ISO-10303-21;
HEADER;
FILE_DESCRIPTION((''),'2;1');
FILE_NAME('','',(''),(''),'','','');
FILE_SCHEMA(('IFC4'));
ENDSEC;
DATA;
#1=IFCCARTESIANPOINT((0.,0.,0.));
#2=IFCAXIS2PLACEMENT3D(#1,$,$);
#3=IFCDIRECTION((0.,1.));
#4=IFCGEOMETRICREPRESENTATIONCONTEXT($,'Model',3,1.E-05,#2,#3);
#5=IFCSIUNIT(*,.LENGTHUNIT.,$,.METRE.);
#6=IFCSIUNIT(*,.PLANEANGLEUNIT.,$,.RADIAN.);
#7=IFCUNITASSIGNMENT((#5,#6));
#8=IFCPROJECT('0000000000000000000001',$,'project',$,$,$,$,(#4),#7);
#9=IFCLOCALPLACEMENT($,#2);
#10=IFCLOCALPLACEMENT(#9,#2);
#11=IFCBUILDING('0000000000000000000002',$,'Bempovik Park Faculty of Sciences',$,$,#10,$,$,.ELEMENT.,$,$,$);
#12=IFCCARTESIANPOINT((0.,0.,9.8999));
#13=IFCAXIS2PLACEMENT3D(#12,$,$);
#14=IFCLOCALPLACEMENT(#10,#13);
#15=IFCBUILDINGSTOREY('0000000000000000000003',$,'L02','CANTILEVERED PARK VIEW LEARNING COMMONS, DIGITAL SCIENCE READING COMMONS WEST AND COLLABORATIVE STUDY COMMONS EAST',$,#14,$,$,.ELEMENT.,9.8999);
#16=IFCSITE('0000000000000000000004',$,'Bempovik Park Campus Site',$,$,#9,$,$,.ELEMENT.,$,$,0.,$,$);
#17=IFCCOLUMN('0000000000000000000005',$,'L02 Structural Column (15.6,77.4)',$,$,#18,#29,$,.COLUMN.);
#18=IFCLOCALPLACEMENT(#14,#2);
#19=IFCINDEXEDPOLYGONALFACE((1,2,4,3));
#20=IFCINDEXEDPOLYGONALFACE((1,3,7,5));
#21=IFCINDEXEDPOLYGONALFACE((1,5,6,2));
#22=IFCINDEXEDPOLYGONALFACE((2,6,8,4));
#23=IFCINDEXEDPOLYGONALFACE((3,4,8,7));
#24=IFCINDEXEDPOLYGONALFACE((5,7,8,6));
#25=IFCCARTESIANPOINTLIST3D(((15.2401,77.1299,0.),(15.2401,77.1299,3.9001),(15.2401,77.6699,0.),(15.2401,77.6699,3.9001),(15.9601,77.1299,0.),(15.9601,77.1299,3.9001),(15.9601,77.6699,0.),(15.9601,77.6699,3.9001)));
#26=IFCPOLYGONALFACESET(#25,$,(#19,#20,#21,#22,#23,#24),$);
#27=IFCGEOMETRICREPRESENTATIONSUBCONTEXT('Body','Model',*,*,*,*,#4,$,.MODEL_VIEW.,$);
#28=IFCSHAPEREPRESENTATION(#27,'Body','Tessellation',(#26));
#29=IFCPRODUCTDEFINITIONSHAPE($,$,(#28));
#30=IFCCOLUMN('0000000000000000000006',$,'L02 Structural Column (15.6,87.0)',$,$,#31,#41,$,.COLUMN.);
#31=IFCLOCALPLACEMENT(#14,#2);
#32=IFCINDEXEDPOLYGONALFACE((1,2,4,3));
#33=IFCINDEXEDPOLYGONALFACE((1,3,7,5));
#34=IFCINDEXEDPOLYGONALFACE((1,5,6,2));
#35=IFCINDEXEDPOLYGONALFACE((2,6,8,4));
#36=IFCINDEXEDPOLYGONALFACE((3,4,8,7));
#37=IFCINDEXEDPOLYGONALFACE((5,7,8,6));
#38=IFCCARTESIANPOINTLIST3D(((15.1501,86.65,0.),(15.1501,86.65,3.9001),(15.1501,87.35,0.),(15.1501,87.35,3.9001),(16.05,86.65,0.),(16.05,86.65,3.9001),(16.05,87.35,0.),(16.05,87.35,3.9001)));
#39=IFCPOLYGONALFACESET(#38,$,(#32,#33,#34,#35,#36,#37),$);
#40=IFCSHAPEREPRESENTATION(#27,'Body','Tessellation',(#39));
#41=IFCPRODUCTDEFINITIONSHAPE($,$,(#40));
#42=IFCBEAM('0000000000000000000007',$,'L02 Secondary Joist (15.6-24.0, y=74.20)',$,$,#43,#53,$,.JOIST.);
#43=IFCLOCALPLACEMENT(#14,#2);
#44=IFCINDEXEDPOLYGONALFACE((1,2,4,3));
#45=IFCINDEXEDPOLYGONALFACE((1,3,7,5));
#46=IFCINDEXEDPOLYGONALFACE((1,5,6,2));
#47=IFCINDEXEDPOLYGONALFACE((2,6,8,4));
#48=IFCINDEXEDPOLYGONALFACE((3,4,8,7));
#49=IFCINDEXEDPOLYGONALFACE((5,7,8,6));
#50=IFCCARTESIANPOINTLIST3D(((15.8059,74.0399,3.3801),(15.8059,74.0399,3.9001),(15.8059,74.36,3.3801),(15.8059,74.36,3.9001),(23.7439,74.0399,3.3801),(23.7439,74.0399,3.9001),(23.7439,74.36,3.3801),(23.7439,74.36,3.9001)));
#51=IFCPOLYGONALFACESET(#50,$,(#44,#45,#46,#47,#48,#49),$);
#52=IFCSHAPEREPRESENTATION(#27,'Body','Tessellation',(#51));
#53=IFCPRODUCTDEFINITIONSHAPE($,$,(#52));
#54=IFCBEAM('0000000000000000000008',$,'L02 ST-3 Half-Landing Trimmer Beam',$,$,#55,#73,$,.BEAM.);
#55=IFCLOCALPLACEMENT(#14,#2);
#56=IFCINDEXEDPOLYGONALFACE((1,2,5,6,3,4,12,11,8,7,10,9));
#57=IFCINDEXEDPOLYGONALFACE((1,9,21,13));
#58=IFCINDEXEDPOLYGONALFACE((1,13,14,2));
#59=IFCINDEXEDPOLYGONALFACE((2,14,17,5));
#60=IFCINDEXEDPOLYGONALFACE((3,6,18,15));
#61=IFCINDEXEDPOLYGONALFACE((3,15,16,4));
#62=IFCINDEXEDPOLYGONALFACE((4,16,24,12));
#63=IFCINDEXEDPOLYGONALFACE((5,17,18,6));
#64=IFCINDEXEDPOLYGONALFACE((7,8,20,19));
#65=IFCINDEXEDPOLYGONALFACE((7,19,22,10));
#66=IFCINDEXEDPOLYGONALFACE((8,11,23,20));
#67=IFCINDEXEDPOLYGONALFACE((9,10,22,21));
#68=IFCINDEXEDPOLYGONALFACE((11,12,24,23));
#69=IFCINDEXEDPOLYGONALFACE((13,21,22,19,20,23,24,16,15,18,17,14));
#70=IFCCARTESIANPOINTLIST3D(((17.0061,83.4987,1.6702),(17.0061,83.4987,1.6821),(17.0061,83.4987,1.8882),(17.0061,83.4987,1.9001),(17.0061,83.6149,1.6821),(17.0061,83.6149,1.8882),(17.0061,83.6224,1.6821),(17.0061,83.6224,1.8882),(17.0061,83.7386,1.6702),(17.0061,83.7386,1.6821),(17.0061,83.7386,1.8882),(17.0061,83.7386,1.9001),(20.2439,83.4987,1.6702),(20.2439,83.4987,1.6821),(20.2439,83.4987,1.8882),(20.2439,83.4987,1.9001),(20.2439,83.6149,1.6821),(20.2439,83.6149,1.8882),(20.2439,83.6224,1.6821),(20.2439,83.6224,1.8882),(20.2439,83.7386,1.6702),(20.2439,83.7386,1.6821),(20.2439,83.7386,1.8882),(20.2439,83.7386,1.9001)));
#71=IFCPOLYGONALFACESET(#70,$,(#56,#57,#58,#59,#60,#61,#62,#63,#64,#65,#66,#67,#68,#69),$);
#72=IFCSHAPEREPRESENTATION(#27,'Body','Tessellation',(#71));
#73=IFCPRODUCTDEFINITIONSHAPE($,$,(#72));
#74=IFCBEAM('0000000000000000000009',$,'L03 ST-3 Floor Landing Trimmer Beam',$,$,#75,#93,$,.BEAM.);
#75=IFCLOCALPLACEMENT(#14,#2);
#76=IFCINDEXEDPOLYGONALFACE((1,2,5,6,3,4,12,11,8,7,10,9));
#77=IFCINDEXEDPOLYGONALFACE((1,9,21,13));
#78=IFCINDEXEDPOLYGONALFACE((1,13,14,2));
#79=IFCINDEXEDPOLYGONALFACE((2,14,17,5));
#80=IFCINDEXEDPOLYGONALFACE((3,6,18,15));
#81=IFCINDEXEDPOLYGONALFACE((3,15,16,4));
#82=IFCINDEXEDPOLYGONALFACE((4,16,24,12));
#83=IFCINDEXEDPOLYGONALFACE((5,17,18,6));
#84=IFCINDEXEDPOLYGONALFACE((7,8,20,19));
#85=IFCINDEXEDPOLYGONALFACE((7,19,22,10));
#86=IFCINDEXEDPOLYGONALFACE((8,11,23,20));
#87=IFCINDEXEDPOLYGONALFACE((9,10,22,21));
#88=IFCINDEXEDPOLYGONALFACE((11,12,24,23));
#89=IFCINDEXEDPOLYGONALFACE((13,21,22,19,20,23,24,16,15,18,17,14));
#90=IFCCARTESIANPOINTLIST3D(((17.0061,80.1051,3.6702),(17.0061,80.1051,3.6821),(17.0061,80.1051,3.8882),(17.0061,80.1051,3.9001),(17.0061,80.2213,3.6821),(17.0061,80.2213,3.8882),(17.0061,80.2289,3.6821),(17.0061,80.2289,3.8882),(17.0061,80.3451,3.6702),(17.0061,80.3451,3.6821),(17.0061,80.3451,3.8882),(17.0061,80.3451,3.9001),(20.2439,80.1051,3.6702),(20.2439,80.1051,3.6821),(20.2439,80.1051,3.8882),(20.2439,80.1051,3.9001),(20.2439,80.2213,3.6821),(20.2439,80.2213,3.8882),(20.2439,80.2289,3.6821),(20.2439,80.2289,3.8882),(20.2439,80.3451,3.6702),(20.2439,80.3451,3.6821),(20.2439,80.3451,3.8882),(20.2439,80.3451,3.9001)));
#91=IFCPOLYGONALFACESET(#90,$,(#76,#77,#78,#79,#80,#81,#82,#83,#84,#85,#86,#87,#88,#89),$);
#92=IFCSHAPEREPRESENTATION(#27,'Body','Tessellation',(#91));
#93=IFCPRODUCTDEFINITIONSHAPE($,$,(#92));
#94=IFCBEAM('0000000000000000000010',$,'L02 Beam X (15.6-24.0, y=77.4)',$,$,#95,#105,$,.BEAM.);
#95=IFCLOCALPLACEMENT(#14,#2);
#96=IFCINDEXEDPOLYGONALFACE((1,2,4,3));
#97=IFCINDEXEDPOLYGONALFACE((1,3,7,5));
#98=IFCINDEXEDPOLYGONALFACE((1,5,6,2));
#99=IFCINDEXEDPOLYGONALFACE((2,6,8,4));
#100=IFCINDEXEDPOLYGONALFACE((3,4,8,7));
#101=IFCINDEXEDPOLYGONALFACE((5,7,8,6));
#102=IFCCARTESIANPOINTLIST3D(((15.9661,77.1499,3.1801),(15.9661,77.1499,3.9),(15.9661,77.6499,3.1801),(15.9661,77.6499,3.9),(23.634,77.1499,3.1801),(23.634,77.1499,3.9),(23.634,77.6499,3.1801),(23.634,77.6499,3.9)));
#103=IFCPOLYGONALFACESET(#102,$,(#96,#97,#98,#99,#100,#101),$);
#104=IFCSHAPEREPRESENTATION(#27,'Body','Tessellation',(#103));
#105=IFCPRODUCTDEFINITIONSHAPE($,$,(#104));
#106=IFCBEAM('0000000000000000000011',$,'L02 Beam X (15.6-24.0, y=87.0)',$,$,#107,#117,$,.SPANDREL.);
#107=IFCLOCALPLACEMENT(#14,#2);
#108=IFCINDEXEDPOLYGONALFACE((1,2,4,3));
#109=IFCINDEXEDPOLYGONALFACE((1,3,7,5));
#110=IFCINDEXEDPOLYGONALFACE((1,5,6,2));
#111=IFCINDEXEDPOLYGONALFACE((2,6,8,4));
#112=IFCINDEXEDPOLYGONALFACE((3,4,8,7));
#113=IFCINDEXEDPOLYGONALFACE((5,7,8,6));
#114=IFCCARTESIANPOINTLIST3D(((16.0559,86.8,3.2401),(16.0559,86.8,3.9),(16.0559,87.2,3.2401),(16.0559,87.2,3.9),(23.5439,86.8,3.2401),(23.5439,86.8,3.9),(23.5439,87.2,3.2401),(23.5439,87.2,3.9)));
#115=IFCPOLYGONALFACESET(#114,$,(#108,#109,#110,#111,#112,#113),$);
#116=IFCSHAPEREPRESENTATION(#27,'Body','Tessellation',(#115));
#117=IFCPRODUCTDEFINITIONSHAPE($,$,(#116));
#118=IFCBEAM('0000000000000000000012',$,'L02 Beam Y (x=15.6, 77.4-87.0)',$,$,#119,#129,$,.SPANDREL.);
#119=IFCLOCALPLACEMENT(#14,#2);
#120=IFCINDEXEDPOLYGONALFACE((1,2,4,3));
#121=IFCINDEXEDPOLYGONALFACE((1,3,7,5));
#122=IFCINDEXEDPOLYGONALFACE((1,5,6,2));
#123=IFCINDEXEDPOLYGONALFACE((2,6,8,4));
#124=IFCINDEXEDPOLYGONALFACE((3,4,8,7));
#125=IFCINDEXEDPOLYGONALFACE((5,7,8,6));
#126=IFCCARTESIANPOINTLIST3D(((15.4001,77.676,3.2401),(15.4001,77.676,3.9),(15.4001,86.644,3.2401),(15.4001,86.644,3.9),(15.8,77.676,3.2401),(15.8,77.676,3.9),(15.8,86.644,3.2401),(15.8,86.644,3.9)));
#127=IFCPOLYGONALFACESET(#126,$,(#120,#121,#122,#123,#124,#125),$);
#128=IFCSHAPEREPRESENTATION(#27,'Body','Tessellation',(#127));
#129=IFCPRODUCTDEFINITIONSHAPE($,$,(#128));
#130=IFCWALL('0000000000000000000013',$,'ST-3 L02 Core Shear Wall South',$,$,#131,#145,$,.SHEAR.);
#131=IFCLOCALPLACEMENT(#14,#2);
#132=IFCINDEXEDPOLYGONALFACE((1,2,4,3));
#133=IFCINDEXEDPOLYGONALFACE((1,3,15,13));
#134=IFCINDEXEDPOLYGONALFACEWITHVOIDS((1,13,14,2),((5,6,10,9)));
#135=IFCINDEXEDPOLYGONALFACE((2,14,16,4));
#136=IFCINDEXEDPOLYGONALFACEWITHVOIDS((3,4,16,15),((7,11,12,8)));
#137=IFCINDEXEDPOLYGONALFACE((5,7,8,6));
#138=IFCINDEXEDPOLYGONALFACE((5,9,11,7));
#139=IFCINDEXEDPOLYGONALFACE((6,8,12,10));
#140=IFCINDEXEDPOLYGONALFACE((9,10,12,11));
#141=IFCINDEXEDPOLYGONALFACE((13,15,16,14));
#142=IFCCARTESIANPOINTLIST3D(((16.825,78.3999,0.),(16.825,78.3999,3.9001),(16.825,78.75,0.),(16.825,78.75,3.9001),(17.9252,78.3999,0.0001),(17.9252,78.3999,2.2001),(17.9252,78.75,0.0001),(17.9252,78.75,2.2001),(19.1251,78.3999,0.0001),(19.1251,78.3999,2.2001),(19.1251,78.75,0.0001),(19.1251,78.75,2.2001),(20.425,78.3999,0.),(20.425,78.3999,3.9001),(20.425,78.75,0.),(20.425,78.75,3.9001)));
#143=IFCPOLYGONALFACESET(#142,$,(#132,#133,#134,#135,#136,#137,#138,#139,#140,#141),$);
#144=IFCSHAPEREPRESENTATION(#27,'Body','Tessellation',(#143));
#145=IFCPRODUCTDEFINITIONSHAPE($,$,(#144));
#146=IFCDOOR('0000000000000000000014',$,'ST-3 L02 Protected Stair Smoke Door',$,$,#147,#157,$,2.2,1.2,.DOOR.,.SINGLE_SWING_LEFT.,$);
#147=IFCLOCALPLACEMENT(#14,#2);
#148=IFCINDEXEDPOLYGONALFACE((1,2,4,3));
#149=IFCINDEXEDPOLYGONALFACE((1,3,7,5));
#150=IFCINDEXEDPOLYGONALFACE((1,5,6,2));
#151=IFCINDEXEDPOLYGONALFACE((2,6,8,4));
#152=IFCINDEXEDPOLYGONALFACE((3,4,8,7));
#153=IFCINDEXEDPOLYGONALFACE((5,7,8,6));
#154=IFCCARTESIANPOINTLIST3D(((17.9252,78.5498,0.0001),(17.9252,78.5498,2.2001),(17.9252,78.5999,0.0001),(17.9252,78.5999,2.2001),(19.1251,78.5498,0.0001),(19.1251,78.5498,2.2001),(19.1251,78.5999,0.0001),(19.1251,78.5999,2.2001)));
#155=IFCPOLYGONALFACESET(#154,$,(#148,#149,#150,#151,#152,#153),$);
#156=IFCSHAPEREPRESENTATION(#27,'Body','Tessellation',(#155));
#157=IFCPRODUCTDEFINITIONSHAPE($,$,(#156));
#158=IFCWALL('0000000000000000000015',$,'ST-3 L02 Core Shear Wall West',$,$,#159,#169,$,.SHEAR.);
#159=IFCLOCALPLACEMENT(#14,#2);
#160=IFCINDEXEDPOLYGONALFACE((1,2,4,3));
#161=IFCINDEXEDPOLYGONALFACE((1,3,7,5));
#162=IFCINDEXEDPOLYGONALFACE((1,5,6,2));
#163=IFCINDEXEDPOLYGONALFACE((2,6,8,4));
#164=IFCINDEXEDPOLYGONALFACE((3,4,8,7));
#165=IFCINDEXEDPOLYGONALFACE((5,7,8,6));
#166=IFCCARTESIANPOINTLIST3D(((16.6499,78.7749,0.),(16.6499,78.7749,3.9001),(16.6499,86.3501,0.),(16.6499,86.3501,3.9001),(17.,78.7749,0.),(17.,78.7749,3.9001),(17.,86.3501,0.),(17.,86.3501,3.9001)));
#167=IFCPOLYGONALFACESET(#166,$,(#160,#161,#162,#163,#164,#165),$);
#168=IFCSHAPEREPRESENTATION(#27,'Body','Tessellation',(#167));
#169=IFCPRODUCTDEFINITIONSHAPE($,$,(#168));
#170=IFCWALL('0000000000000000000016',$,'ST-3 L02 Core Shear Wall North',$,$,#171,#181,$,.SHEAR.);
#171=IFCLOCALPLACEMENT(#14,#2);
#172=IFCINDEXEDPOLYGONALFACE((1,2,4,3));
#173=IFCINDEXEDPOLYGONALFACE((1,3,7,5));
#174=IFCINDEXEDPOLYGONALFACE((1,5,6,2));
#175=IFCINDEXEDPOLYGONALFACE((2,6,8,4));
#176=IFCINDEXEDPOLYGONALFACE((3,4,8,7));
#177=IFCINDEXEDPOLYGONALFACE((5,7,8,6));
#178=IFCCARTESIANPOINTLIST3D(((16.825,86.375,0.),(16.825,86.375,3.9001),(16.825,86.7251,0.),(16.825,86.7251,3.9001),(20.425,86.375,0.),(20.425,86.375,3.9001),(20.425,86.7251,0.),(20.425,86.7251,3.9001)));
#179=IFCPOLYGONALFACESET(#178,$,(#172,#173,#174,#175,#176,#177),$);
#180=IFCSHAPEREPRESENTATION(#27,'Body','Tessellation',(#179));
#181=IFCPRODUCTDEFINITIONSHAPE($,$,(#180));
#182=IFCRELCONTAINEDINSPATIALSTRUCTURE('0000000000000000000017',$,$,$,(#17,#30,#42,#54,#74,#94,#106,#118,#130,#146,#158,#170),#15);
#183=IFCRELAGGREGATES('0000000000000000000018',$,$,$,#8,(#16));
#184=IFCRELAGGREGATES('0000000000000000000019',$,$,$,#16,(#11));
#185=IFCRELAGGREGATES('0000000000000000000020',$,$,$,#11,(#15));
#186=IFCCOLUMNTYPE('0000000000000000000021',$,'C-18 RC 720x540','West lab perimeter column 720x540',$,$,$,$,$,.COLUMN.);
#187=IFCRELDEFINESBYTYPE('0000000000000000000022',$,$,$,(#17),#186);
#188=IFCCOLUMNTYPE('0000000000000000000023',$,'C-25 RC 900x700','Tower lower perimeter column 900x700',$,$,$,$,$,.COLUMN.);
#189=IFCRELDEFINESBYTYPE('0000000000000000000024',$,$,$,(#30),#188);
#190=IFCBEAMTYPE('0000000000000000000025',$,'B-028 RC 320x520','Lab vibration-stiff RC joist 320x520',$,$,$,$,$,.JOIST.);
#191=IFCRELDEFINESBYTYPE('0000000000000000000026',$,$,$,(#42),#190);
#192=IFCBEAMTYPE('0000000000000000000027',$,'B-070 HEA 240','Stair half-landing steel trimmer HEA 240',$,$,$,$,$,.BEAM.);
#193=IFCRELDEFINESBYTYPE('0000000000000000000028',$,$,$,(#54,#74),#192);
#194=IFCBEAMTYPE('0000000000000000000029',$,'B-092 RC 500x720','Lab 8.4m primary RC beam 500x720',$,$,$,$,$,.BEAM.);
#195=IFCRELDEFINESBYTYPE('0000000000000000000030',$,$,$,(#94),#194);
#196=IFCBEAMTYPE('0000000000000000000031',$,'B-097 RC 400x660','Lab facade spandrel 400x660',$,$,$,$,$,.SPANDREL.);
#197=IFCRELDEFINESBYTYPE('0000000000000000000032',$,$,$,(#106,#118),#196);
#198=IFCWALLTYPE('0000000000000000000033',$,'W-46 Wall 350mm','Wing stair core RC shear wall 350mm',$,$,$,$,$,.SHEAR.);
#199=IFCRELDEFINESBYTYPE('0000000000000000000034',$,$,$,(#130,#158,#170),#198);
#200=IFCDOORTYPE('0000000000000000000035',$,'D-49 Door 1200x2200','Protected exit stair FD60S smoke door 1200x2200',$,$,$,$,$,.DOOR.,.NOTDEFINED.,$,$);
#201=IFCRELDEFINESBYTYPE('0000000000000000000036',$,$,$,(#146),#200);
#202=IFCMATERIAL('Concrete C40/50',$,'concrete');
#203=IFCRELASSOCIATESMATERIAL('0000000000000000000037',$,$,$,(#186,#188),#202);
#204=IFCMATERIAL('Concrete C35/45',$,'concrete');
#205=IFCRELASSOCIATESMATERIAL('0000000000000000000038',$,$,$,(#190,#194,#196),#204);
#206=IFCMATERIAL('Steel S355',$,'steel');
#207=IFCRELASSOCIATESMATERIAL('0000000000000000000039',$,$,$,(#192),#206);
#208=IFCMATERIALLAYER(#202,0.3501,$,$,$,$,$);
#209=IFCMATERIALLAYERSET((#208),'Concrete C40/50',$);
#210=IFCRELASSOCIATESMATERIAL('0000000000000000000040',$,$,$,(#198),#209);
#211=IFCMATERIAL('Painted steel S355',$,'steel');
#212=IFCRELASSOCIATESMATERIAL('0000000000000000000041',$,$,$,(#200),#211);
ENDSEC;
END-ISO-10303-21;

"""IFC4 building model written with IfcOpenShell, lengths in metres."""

from ifc_helpers import new_model, si_unit, direction, frame, frame_2d, origin, origin_2d, place, context, subcontext, project, spatial, rectangle, i_section, extrude, material, layer, layer_set, material_profile, profile_set, type_object, element, fill, save


model = new_model("IFC4")

# Units and contexts
model_context = context("Model", 3, precision=1e-05, world=origin(), true_north=direction((0.0, 1.0)))
body_context = subcontext(model_context, "Body", "Model", "MODEL_VIEW")
ifc_project = project(units=[si_unit("LENGTHUNIT", "METRE"), si_unit("PLANEANGLEUNIT", "RADIAN")], contexts=[model_context])

# Site, building, storey
site_placement = place(None, origin())
site = spatial("IfcSite", under=ifc_project, at=site_placement, Name="Bempovik Park Campus Site", CompositionType="ELEMENT", RefElevation=0.0)
building_placement = place(site_placement, origin())
building = spatial("IfcBuilding", under=site, at=building_placement, Name="Bempovik Park Faculty of Sciences", CompositionType="ELEMENT")
storey_placement = place(building_placement, frame((0.0, 0.0, 9.8999)))
storey = spatial("IfcBuildingStorey", under=building, at=storey_placement, Name="L02", Description="CANTILEVERED PARK VIEW LEARNING COMMONS, DIGITAL SCIENCE READING COMMONS WEST AND COLLABORATIVE STUDY COMMONS EAST", CompositionType="ELEMENT", Elevation=9.8999)

# Columns
ifc_material_1 = material(Name="Concrete C40/50", Category="concrete")
ifc_material_profile_1 = material_profile(ifc_material_1, rectangle(XDim=0.72, YDim=0.54, at=origin_2d()), Name="RC 720x540")
ifc_profile_set_1 = profile_set([ifc_material_profile_1], Name="Concrete C40/50")
column_type_1 = type_object("IfcColumnType", Name="C-18 RC 720x540", Description="West lab perimeter column 720x540", PredefinedType="COLUMN", material=ifc_profile_set_1)
column_1_placement = place(storey_placement, frame((15.6001, 77.3999, 0.0), z_axis=(0.0, 0.0, 1.0), x_axis=(1.0, 0.0, 0.0)))
element("IfcColumn", 1, at=column_1_placement, inside=storey, type_object=column_type_1, Name="L02 Structural Column (15.6,77.4)", PredefinedType="COLUMN", context=body_context, shape_type="SweptSolid", body=[
    extrude(rectangle(XDim=0.72, YDim=0.54, at=origin_2d()), origin(), (0.0, 0.0, 1.0), 3.9001),
])
ifc_material_profile_2 = material_profile(ifc_material_1, rectangle(XDim=0.8999, YDim=0.7, at=origin_2d()), Name="RC 900x700")
ifc_profile_set_2 = profile_set([ifc_material_profile_2], Name="Concrete C40/50")
column_type_2 = type_object("IfcColumnType", Name="C-25 RC 900x700", Description="Tower lower perimeter column 900x700", PredefinedType="COLUMN", material=ifc_profile_set_2)
column_2_placement = place(storey_placement, frame((15.6001, 87.0, 0.0), z_axis=(0.0, 0.0, 1.0), x_axis=(1.0, 0.0, 0.0)))
element("IfcColumn", 2, at=column_2_placement, inside=storey, type_object=column_type_2, Name="L02 Structural Column (15.6,87.0)", PredefinedType="COLUMN", context=body_context, shape_type="SweptSolid", body=[
    extrude(rectangle(XDim=0.8999, YDim=0.7, at=origin_2d()), origin(), (0.0, 0.0, 1.0), 3.9001),
])

# Beams
ifc_material_2 = material(Name="Concrete C35/45", Category="concrete")
ifc_material_profile_3 = material_profile(ifc_material_2, rectangle(XDim=0.3201, YDim=0.52, at=origin_2d()), Name="RC 320x520")
ifc_profile_set_3 = profile_set([ifc_material_profile_3], Name="Concrete C35/45")
beam_type_1 = type_object("IfcBeamType", Name="B-028 RC 320x520", Description="Lab vibration-stiff RC joist 320x520", PredefinedType="JOIST", material=ifc_profile_set_3)
beam_1_placement = place(storey_placement, frame((15.8059, 74.2, 3.6401), z_axis=(1.0, 0.0, 0.0), x_axis=(0.0, 1.0, 0.0)))
element("IfcBeam", 3, at=beam_1_placement, inside=storey, type_object=beam_type_1, Name="L02 Secondary Joist (15.6-24.0, y=74.20)", PredefinedType="JOIST", context=body_context, shape_type="SweptSolid", body=[
    extrude(rectangle(XDim=0.3201, YDim=0.52, at=origin_2d()), origin(), (0.0, 0.0, 1.0), 7.938),
])
ifc_material_3 = material(Name="Steel S355", Category="steel")
ifc_material_profile_4 = material_profile(ifc_material_3, i_section(OverallWidth=0.24, OverallDepth=0.23, WebThickness=0.0076, FlangeThickness=0.012, at=origin_2d()), Name="HEA 240")
ifc_profile_set_4 = profile_set([ifc_material_profile_4], Name="Steel S355")
beam_type_2 = type_object("IfcBeamType", Name="B-070 HEA 240", Description="Stair half-landing steel trimmer HEA 240", PredefinedType="BEAM", material=ifc_profile_set_4)
for number, where, z_axis, x_axis, name in (
    (4, (17.0061, 83.6187, 1.7852), (1.0, 0.0, 0.0), (0.0, 1.0, 0.0), "L02 ST-3 Half-Landing Trimmer Beam"),
    (5, (17.0061, 80.2251, 3.7852), (1.0, 0.0, 0.0), (0.0, 1.0, 0.0), "L03 ST-3 Floor Landing Trimmer Beam"),
):
    element("IfcBeam", number, at=place(storey_placement, frame(where, z_axis=z_axis, x_axis=x_axis)), inside=storey, type_object=beam_type_2, Name=name, PredefinedType="BEAM", context=body_context, shape_type="SweptSolid", body=[
        extrude(i_section(OverallWidth=0.24, OverallDepth=0.23, WebThickness=0.0076, FlangeThickness=0.012, at=origin_2d()), origin(), (0.0, 0.0, 1.0), 3.2378),
    ])
ifc_material_profile_5 = material_profile(ifc_material_2, rectangle(XDim=0.5, YDim=0.72, at=origin_2d()), Name="RC 500x720")
ifc_profile_set_5 = profile_set([ifc_material_profile_5], Name="Concrete C35/45")
beam_type_3 = type_object("IfcBeamType", Name="B-092 RC 500x720", Description="Lab 8.4m primary RC beam 500x720", PredefinedType="BEAM", material=ifc_profile_set_5)
beam_2_placement = place(storey_placement, frame((15.9661, 77.3999, 3.54), z_axis=(1.0, 0.0, 0.0), x_axis=(0.0, 1.0, 0.0)))
element("IfcBeam", 6, at=beam_2_placement, inside=storey, type_object=beam_type_3, Name="L02 Beam X (15.6-24.0, y=77.4)", PredefinedType="BEAM", context=body_context, shape_type="SweptSolid", body=[
    extrude(rectangle(XDim=0.5, YDim=0.72, at=origin_2d()), origin(), (0.0, 0.0, 1.0), 7.668),
])
ifc_material_profile_6 = material_profile(ifc_material_2, rectangle(XDim=0.3999, YDim=0.6599, at=origin_2d()), Name="RC 400x660")
ifc_profile_set_6 = profile_set([ifc_material_profile_6], Name="Concrete C35/45")
beam_type_4 = type_object("IfcBeamType", Name="B-097 RC 400x660", Description="Lab facade spandrel 400x660", PredefinedType="SPANDREL", material=ifc_profile_set_6)
beam_3_placement = place(storey_placement, frame((16.0559, 87.0, 3.5701), z_axis=(1.0, 0.0, 0.0), x_axis=(0.0, 1.0, 0.0)))
element("IfcBeam", 7, at=beam_3_placement, inside=storey, type_object=beam_type_4, Name="L02 Beam X (15.6-24.0, y=87.0)", PredefinedType="SPANDREL", context=body_context, shape_type="SweptSolid", body=[
    extrude(rectangle(XDim=0.3999, YDim=0.6599, at=origin_2d()), origin(), (0.0, 0.0, 1.0), 7.488),
])
beam_4_placement = place(storey_placement, frame((15.6001, 77.676, 3.5701), z_axis=(0.0, 1.0, 0.0), x_axis=(-1.0, 0.0, 0.0)))
element("IfcBeam", 8, at=beam_4_placement, inside=storey, type_object=beam_type_4, Name="L02 Beam Y (x=15.6, 77.4-87.0)", PredefinedType="SPANDREL", context=body_context, shape_type="SweptSolid", body=[
    extrude(rectangle(XDim=0.3999, YDim=0.6599, at=origin_2d()), origin(), (0.0, 0.0, 1.0), 8.968),
])

# Wall, opening, door
ifc_layer_1 = layer(ifc_material_1, 0.3501)
ifc_layer_set_1 = layer_set([ifc_layer_1], Name="Concrete C40/50")
wall_type_1 = type_object("IfcWallType", Name="W-46 Wall 350mm", Description="Wing stair core RC shear wall 350mm", PredefinedType="SHEAR", material=ifc_layer_set_1)
wall_1_placement = place(storey_placement, frame((16.825, 78.575, 0.0), z_axis=(0.0, 0.0, 1.0), x_axis=(1.0, 0.0, 0.0)))
wall_1 = element("IfcWall", 9, at=wall_1_placement, inside=storey, type_object=wall_type_1, Name="ST-3 L02 Core Shear Wall South", PredefinedType="SHEAR", context=body_context, shape_type="SweptSolid", body=[
    extrude(rectangle(XDim=3.6001, YDim=0.3501, at=frame_2d((1.8, 0.0))), origin(), (0.0, 0.0, 1.0), 3.9001),
])
opening_1_placement = place(wall_1_placement, frame((1.1001, 0.0, 0.0)))
opening_1 = element("IfcOpeningElement", 10, at=opening_1_placement, cuts=wall_1, PredefinedType="OPENING", context=body_context, shape_type="SweptSolid", body=[
    extrude(rectangle(XDim=1.2, YDim=2.2, at=frame_2d((0.6001, 1.1001))), frame((0.0, 0.1851, 0.0), z_axis=(0.0, -1.0, 0.0), x_axis=(1.0, 0.0, 0.0)), (0.0, 0.0, 1.0), 0.3701),
])
ifc_material_4 = material(Name="Painted steel S355", Category="steel")
door_type = type_object("IfcDoorType", Name="D-49 Door 1200x2200", Description="Protected exit stair FD60S smoke door 1200x2200", OperationType="NOTDEFINED", PredefinedType="DOOR", material=ifc_material_4)
door_placement = place(opening_1_placement, origin())
door = element("IfcDoor", 11, at=door_placement, inside=storey, type_object=door_type, Name="ST-3 L02 Protected Stair Smoke Door", OperationType="SINGLE_SWING_LEFT", OverallHeight=2.2, OverallWidth=1.2, PredefinedType="DOOR", context=body_context, shape_type="SweptSolid", body=[
    extrude(rectangle(XDim=1.2, YDim=2.2, at=frame_2d((0.6001, 1.1001))), frame((0.0, 0.0249, 0.0), z_axis=(0.0, -1.0, 0.0), x_axis=(1.0, 0.0, 0.0)), (0.0, 0.0, 1.0), 0.05),
])
fill(opening_1, door)

# Walls
wall_2_placement = place(storey_placement, frame((16.825, 78.7749, 0.0), z_axis=(0.0, 0.0, 1.0), x_axis=(0.0, 1.0, 0.0)))
element("IfcWall", 12, at=wall_2_placement, inside=storey, type_object=wall_type_1, Name="ST-3 L02 Core Shear Wall West", PredefinedType="SHEAR", context=body_context, shape_type="SweptSolid", body=[
    extrude(rectangle(XDim=7.5752, YDim=0.3501, at=frame_2d((3.7876, 0.0))), origin(), (0.0, 0.0, 1.0), 3.9001),
])
wall_3_placement = place(storey_placement, frame((16.825, 86.55, 0.0), z_axis=(0.0, 0.0, 1.0), x_axis=(1.0, 0.0, 0.0)))
element("IfcWall", 13, at=wall_3_placement, inside=storey, type_object=wall_type_1, Name="ST-3 L02 Core Shear Wall North", PredefinedType="SHEAR", context=body_context, shape_type="SweptSolid", body=[
    extrude(rectangle(XDim=3.6001, YDim=0.3501, at=frame_2d((1.8, 0.0))), origin(), (0.0, 0.0, 1.0), 3.9001),
])

save(model, "model.ifc")
